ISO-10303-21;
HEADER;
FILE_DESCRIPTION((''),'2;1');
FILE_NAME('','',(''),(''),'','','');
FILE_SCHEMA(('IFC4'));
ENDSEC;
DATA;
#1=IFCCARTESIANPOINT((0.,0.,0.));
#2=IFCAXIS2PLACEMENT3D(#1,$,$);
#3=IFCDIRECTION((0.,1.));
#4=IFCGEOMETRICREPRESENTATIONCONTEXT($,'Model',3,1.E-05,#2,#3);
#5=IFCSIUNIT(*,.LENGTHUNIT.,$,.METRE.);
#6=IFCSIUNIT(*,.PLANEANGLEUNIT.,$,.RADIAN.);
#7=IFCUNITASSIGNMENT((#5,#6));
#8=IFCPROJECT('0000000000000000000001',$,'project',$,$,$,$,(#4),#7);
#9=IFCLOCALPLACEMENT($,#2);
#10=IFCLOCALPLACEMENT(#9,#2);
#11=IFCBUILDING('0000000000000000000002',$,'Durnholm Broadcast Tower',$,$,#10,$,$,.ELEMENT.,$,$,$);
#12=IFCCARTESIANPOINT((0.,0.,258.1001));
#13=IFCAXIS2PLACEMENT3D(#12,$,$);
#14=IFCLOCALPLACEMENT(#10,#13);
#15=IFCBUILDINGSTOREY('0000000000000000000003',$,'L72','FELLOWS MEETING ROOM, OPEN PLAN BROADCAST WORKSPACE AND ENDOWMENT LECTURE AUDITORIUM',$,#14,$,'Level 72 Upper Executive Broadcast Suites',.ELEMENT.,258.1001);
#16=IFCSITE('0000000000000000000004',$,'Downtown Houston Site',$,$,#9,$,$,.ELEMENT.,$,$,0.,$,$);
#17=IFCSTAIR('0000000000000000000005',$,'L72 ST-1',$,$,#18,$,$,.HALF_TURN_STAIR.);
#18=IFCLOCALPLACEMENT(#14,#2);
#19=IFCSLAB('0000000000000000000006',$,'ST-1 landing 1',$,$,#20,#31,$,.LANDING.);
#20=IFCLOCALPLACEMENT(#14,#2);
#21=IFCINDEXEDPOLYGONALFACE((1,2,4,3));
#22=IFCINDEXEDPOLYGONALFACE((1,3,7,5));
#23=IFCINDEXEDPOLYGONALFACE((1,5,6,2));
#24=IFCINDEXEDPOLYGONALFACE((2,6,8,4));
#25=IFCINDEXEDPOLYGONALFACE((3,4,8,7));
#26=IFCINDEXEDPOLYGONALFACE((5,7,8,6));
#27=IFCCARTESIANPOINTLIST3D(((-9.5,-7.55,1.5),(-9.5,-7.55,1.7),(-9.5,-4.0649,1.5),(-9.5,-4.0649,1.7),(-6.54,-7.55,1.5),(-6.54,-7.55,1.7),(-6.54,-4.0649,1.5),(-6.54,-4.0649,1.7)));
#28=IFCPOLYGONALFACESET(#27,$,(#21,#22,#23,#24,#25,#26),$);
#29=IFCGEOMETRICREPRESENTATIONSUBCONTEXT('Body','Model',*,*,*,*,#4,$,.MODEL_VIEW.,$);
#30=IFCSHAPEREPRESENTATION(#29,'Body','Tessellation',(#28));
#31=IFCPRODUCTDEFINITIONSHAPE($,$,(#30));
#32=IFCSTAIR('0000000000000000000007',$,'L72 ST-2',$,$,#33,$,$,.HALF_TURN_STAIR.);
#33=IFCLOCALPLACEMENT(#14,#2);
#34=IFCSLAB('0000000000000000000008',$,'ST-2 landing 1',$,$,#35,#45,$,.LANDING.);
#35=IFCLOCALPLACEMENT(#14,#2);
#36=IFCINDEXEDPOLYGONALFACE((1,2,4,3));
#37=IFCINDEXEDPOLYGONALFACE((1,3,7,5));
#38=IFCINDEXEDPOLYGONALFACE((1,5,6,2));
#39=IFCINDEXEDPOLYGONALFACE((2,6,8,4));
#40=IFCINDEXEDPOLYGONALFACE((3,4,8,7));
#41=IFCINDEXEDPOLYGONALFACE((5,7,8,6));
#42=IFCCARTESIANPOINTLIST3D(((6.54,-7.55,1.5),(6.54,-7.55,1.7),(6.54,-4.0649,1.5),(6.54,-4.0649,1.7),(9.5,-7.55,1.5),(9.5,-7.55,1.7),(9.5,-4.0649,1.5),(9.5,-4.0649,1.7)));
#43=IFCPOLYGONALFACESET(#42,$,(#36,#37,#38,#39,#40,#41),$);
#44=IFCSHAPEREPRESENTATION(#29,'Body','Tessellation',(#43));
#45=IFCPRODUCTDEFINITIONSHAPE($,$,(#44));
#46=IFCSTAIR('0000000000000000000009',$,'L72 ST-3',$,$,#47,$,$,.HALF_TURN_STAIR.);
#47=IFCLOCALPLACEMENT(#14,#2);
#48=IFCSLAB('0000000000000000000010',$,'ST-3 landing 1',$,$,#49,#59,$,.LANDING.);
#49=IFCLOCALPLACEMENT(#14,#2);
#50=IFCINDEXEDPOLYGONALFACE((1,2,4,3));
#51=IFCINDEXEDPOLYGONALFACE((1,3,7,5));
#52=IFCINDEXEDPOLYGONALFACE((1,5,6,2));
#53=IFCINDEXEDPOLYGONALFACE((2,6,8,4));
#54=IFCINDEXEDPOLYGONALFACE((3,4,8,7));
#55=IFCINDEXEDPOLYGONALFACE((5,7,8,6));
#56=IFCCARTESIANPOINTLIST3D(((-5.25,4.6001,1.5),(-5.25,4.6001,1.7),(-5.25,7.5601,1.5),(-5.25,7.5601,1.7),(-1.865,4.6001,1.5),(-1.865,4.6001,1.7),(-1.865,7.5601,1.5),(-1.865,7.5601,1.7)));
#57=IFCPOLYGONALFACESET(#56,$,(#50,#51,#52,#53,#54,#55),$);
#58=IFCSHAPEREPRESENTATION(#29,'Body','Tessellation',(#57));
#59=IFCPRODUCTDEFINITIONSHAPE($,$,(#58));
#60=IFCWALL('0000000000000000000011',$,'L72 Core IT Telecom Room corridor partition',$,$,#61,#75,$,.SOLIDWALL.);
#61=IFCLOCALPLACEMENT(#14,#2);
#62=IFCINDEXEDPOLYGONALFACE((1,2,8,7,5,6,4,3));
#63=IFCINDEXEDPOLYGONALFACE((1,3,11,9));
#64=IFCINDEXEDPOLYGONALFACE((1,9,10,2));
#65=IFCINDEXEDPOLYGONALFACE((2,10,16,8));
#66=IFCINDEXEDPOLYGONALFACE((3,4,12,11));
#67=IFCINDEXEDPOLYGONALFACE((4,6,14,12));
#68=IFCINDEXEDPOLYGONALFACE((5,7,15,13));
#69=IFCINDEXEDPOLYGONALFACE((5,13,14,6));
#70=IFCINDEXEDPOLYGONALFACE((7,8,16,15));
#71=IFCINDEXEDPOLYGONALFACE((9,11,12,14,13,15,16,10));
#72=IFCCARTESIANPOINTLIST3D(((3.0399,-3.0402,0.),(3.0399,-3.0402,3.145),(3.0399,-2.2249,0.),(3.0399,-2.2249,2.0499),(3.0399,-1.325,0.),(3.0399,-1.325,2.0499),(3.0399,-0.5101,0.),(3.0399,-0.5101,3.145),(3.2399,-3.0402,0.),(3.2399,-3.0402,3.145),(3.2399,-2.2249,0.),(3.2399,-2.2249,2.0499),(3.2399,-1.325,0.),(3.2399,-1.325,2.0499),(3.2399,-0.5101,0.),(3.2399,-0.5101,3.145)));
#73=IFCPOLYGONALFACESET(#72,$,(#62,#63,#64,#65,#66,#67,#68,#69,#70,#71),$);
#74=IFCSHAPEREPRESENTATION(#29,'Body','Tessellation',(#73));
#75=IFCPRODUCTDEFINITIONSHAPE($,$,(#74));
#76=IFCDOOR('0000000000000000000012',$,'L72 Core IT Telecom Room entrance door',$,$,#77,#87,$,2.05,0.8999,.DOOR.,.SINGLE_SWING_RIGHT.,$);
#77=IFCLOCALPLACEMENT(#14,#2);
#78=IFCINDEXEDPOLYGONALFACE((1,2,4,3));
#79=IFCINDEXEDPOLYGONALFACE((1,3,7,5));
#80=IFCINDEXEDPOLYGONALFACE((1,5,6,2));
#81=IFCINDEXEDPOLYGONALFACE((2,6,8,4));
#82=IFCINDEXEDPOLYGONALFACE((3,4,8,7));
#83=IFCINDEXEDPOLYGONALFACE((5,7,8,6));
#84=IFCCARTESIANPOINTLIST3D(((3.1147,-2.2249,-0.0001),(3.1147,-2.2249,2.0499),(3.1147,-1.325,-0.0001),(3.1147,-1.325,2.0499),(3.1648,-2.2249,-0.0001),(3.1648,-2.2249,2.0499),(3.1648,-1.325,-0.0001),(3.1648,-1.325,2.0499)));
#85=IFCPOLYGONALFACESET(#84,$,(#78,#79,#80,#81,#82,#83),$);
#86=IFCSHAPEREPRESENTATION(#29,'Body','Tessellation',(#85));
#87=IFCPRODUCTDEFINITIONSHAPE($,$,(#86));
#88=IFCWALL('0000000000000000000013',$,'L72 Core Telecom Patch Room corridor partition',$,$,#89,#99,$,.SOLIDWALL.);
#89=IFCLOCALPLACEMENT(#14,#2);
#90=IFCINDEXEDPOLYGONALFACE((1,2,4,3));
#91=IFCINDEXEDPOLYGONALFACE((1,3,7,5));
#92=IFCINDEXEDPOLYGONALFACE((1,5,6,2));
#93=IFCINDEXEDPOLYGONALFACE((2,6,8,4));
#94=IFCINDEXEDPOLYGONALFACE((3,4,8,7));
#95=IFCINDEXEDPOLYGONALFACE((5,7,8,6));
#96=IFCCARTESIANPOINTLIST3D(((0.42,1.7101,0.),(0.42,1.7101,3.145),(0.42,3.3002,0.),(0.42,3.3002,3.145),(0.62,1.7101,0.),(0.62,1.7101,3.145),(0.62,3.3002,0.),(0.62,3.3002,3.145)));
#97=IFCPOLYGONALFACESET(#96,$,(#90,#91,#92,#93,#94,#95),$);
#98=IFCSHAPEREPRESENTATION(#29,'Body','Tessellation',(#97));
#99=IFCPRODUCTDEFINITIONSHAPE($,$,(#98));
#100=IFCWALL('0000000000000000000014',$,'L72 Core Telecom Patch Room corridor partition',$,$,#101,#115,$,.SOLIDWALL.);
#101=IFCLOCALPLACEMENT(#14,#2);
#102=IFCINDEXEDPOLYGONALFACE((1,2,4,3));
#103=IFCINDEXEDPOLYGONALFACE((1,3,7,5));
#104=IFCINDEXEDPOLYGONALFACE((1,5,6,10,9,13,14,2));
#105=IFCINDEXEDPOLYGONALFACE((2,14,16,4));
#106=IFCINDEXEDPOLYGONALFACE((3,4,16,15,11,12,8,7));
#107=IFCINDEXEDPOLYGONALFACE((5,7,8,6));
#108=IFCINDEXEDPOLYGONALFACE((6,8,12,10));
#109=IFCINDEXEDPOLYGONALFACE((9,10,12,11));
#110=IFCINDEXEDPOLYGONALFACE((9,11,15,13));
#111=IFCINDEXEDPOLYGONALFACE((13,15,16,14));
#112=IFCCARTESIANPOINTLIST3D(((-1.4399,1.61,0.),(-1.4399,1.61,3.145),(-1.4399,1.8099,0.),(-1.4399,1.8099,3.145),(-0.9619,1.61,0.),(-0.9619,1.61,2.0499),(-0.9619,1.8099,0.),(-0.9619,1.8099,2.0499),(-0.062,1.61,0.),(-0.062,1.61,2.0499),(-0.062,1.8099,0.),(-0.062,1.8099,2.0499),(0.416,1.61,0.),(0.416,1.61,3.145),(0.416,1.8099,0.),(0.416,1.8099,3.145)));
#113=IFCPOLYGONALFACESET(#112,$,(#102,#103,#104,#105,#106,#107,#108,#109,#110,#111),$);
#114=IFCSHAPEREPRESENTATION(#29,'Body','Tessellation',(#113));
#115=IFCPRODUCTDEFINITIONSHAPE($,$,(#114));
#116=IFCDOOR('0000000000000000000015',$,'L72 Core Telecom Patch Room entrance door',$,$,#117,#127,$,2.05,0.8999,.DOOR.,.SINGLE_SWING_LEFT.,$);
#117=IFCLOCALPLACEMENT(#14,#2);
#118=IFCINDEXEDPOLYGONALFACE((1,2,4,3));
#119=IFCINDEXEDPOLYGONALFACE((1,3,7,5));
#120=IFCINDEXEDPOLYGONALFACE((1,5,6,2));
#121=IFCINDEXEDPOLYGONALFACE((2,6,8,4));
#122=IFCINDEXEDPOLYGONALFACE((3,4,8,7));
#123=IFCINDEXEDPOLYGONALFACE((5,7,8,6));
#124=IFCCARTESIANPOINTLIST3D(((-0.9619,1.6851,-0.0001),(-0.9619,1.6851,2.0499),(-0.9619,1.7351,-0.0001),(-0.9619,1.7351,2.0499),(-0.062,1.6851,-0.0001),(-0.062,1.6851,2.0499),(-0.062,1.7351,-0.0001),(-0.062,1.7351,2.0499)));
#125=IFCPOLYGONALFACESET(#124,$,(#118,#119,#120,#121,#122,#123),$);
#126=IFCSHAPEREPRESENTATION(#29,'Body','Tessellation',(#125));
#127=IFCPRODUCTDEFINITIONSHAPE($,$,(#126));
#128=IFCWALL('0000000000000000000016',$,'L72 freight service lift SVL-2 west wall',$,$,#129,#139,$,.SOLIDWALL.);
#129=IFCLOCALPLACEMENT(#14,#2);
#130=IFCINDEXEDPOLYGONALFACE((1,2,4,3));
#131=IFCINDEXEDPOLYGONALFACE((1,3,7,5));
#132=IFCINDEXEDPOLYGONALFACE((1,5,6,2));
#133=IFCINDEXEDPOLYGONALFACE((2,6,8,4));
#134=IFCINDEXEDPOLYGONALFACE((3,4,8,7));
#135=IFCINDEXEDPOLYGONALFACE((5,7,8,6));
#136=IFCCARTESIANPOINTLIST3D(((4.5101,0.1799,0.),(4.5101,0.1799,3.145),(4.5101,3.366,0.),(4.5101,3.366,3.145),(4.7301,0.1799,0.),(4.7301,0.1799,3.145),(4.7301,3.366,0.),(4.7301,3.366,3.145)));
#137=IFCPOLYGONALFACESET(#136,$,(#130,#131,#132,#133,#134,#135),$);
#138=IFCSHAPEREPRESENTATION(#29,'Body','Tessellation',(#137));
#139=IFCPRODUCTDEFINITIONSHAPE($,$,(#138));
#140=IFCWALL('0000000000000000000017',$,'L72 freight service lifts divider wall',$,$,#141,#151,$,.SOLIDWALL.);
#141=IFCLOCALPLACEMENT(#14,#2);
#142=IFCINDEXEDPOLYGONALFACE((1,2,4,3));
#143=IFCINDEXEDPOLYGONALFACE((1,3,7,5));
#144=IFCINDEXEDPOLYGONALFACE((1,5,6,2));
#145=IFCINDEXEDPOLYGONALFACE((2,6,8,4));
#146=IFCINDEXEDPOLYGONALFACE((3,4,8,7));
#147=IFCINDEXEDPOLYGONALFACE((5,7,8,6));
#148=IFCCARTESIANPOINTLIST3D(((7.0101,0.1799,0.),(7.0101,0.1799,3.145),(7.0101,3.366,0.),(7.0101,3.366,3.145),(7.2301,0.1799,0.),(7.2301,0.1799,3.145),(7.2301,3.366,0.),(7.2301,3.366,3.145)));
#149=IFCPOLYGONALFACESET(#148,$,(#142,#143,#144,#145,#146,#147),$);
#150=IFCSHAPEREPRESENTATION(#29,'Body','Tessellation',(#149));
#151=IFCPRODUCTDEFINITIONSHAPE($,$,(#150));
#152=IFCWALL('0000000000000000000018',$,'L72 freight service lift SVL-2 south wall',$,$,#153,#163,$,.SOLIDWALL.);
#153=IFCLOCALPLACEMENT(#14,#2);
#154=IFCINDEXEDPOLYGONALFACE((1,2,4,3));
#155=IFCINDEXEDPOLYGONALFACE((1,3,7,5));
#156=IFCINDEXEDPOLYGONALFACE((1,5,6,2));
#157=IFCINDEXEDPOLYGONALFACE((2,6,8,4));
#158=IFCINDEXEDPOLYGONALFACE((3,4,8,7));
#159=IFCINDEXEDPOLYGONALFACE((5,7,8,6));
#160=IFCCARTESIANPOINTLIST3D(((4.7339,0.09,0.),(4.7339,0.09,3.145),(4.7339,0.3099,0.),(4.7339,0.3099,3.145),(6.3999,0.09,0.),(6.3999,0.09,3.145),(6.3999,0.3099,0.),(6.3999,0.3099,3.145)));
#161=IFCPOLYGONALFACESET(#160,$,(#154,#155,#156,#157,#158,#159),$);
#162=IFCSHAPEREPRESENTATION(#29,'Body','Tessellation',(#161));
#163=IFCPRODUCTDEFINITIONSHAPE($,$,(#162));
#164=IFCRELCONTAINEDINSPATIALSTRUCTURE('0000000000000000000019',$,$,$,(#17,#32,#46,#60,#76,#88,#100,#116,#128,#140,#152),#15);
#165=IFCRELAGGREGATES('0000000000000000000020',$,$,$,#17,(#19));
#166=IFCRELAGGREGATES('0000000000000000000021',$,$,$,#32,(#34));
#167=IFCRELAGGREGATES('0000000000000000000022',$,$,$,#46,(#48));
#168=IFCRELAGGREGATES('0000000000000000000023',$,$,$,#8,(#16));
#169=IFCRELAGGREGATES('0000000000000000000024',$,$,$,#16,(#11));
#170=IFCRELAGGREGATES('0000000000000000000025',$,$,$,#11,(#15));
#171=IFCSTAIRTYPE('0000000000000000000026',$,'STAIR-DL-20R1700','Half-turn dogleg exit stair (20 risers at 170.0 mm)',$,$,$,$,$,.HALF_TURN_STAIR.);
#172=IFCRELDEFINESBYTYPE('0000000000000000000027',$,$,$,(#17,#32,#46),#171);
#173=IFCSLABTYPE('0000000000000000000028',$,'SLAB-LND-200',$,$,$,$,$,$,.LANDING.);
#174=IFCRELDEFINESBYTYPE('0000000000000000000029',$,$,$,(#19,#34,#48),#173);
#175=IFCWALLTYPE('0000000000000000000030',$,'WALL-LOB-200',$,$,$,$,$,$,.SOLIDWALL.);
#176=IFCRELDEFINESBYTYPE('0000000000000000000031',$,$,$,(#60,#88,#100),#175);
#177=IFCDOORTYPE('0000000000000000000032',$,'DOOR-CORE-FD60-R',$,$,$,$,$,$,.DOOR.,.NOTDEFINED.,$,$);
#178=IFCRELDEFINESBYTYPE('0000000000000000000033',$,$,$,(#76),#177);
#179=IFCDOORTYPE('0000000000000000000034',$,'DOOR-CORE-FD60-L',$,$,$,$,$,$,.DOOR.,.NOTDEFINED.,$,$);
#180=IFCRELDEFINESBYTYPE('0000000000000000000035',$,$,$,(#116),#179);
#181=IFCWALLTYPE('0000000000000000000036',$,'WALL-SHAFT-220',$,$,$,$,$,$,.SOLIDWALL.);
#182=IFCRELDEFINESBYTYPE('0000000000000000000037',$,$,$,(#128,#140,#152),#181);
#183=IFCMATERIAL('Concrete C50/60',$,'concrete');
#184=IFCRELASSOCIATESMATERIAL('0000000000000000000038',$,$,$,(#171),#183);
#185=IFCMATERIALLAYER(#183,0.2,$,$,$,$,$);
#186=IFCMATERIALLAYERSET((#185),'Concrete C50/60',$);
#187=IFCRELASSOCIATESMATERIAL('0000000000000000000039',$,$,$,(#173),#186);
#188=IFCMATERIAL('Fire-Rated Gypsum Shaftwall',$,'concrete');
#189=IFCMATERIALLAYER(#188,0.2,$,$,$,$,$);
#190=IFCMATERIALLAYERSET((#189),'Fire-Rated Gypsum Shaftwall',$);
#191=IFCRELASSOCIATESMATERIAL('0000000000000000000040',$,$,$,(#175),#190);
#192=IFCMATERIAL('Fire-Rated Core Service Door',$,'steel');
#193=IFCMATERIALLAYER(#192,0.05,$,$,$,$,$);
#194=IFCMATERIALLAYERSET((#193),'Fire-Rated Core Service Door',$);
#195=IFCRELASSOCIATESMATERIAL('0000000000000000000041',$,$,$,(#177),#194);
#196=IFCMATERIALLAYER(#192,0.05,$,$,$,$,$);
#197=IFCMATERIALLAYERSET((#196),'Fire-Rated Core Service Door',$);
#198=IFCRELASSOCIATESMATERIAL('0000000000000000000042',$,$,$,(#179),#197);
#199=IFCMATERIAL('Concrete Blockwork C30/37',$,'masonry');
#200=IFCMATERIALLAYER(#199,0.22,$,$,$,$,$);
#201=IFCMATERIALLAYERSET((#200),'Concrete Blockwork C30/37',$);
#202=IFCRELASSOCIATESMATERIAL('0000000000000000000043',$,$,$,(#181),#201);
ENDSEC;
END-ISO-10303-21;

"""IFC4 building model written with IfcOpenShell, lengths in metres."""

from ifc_helpers import new_model, si_unit, direction, frame, frame_2d, origin, place, context, subcontext, project, spatial, polyline, rectangle, outline, extrude, source, transform, mapped, material, layer, layer_set, type_object, type_shapes, element, fill, aggregate, save


model = new_model("IFC4")

# Units and contexts
model_context = context("Model", 3, precision=1e-05, world=origin(), true_north=direction((0.0, 1.0)))
body_context = subcontext(model_context, "Body", "Model", "MODEL_VIEW")
ifc_project = project(units=[si_unit("LENGTHUNIT", "METRE"), si_unit("PLANEANGLEUNIT", "RADIAN")], contexts=[model_context])

# Site, building, storey
site_placement = place(None, origin())
site = spatial("IfcSite", under=ifc_project, at=site_placement, Name="Downtown Houston Site", CompositionType="ELEMENT", RefElevation=0.0)
building_placement = place(site_placement, origin())
building = spatial("IfcBuilding", under=site, at=building_placement, Name="Durnholm Broadcast Tower", CompositionType="ELEMENT")
storey_placement = place(building_placement, frame((0.0, 0.0, 258.1001)))
storey = spatial("IfcBuildingStorey", under=building, at=storey_placement, Name="L72", Description="FELLOWS MEETING ROOM, OPEN PLAN BROADCAST WORKSPACE AND ENDOWMENT LECTURE AUDITORIUM", LongName="Level 72 Upper Executive Broadcast Suites", CompositionType="ELEMENT", Elevation=258.1001)

# Stairs, slabs
ifc_material_1 = material(Name="Concrete C50/60", Category="concrete")
stair_type = type_object("IfcStairType", Name="STAIR-DL-20R1700", Description="Half-turn dogleg exit stair (20 risers at 170.0 mm)", PredefinedType="HALF_TURN_STAIR", material=ifc_material_1)
stair_1_placement = place(storey_placement, origin())
stair_1 = element("IfcStair", 1, at=stair_1_placement, inside=storey, type_object=stair_type, Name="L72 ST-1", PredefinedType="HALF_TURN_STAIR")
ifc_layer_1 = layer(ifc_material_1, 0.2)
ifc_layer_set_1 = layer_set([ifc_layer_1], Name="Concrete C50/60")
slab_type = type_object("IfcSlabType", Name="SLAB-LND-200", PredefinedType="LANDING", material=ifc_layer_set_1)
slab_1_placement = place(storey_placement, frame((0.0, 0.0, 1.5)))
slab_1 = element("IfcSlab", 2, at=slab_1_placement, type_object=slab_type, Name="ST-1 landing 1", PredefinedType="LANDING", context=body_context, shape_type="SweptSolid", body=[
    extrude(outline(polyline([(-9.5, -4.0649), (-9.5, -7.55), (-6.54, -7.55), (-6.54, -4.0649), (-9.5, -4.0649)])), origin(), (0.0, 0.0, 1.0), 0.2),
])
aggregate(stair_1, [slab_1])
stair_2_placement = place(storey_placement, origin())
stair_2 = element("IfcStair", 3, at=stair_2_placement, inside=storey, type_object=stair_type, Name="L72 ST-2", PredefinedType="HALF_TURN_STAIR")
slab_2_placement = place(storey_placement, frame((0.0, 0.0, 1.5)))
slab_2 = element("IfcSlab", 4, at=slab_2_placement, type_object=slab_type, Name="ST-2 landing 1", PredefinedType="LANDING", context=body_context, shape_type="SweptSolid", body=[
    extrude(outline(polyline([(6.54, -4.0649), (6.54, -7.55), (9.5, -7.55), (9.5, -4.0649), (6.54, -4.0649)])), origin(), (0.0, 0.0, 1.0), 0.2),
])
aggregate(stair_2, [slab_2])
stair_3_placement = place(storey_placement, origin())
stair_3 = element("IfcStair", 5, at=stair_3_placement, inside=storey, type_object=stair_type, Name="L72 ST-3", PredefinedType="HALF_TURN_STAIR")
slab_3_placement = place(storey_placement, frame((0.0, 0.0, 1.5)))
slab_3 = element("IfcSlab", 6, at=slab_3_placement, type_object=slab_type, Name="ST-3 landing 1", PredefinedType="LANDING", context=body_context, shape_type="SweptSolid", body=[
    extrude(outline(polyline([(-1.865, 7.5601), (-5.25, 7.5601), (-5.25, 4.6001), (-1.865, 4.6001), (-1.865, 7.5601)])), origin(), (0.0, 0.0, 1.0), 0.2),
])
aggregate(stair_3, [slab_3])

# Wall, opening, door
ifc_material_2 = material(Name="Fire-Rated Gypsum Shaftwall", Category="concrete")
ifc_layer_2 = layer(ifc_material_2, 0.2)
ifc_layer_set_2 = layer_set([ifc_layer_2], Name="Fire-Rated Gypsum Shaftwall")
wall_type_1 = type_object("IfcWallType", Name="WALL-LOB-200", PredefinedType="SOLIDWALL", material=ifc_layer_set_2)
wall_1_placement = place(storey_placement, frame((3.1399, -0.51, 0.0), z_axis=(0.0, 0.0, 1.0), x_axis=(0.0, -1.0, 0.0)))
wall_1 = element("IfcWall", 7, at=wall_1_placement, inside=storey, type_object=wall_type_1, Name="L72 Core IT Telecom Room corridor partition", PredefinedType="SOLIDWALL", context=body_context, shape_type="SweptSolid", body=[
    extrude(rectangle(XDim=2.53, YDim=0.2, at=frame_2d((1.2651, 0.0))), origin(), (0.0, 0.0, 1.0), 3.145),
])
opening_1_placement = place(wall_1_placement, frame((0.8149, 0.0, 0.0)))
opening_1 = element("IfcOpeningElement", 8, at=opening_1_placement, cuts=wall_1, PredefinedType="OPENING", context=body_context, shape_type="SweptSolid", body=[
    extrude(rectangle(XDim=0.8999, YDim=2.05, at=frame_2d((0.45, 1.0249))), frame((0.0, 0.1099, 0.0), z_axis=(0.0, -1.0, 0.0), x_axis=(1.0, 0.0, 0.0)), (0.0, 0.0, 1.0), 0.22),
])
ifc_material_3 = material(Name="Fire-Rated Core Service Door", Category="steel")
ifc_layer_3 = layer(ifc_material_3, 0.05)
ifc_layer_set_3 = layer_set([ifc_layer_3], Name="Fire-Rated Core Service Door")
door_type_1 = type_object("IfcDoorType", Name="DOOR-CORE-FD60-R", OperationType="NOTDEFINED", PredefinedType="DOOR", material=ifc_layer_set_3)
shared_shape_1 = source(origin(), body_context, "Body", "SweptSolid", [
    extrude(rectangle(XDim=0.8999, YDim=2.05, at=frame_2d((0.45, 1.0249))), frame((0.0, 0.0249, 0.0), z_axis=(0.0, -1.0, 0.0), x_axis=(1.0, 0.0, 0.0)), (0.0, 0.0, 1.0), 0.05),
])
type_shapes(door_type_1, [shared_shape_1])
door_1_placement = place(opening_1_placement, origin())
door_1 = element("IfcDoor", 9, at=door_1_placement, inside=storey, type_object=door_type_1, Name="L72 Core IT Telecom Room entrance door", OperationType="SINGLE_SWING_RIGHT", OverallHeight=2.05, OverallWidth=0.8999, PredefinedType="DOOR", context=body_context, shape_type="MappedRepresentation", body=[
    mapped(shared_shape_1, transform((0.0, 0.0, 0.0), x_axis=(1.0, 0.0, 0.0), y_axis=(0.0, 1.0, 0.0), z_axis=(0.0, 0.0, 1.0), scale=1.0)),
])
fill(opening_1, door_1)

# Wall
wall_2_placement = place(storey_placement, frame((0.52, 3.3, 0.0), z_axis=(0.0, 0.0, 1.0), x_axis=(0.0, -1.0, 0.0)))
element("IfcWall", 10, at=wall_2_placement, inside=storey, type_object=wall_type_1, Name="L72 Core Telecom Patch Room corridor partition", PredefinedType="SOLIDWALL", context=body_context, shape_type="SweptSolid", body=[
    extrude(rectangle(XDim=1.5901, YDim=0.2, at=frame_2d((0.7949, 0.0))), origin(), (0.0, 0.0, 1.0), 3.145),
])

# Wall, opening, door
wall_3_placement = place(storey_placement, frame((0.416, 1.71, 0.0), z_axis=(0.0, 0.0, 1.0), x_axis=(-1.0, 0.0, 0.0)))
wall_3 = element("IfcWall", 11, at=wall_3_placement, inside=storey, type_object=wall_type_1, Name="L72 Core Telecom Patch Room corridor partition", PredefinedType="SOLIDWALL", context=body_context, shape_type="SweptSolid", body=[
    extrude(rectangle(XDim=1.856, YDim=0.2, at=frame_2d((0.928, 0.0))), origin(), (0.0, 0.0, 1.0), 3.145),
])
opening_2_placement = place(wall_3_placement, frame((0.478, 0.0, 0.0)))
opening_2 = element("IfcOpeningElement", 12, at=opening_2_placement, cuts=wall_3, PredefinedType="OPENING", context=body_context, shape_type="SweptSolid", body=[
    extrude(rectangle(XDim=0.8999, YDim=2.05, at=frame_2d((0.45, 1.0249))), frame((0.0, 0.1099, 0.0), z_axis=(0.0, -1.0, 0.0), x_axis=(1.0, 0.0, 0.0)), (0.0, 0.0, 1.0), 0.22),
])
ifc_layer_4 = layer(ifc_material_3, 0.05)
ifc_layer_set_4 = layer_set([ifc_layer_4], Name="Fire-Rated Core Service Door")
door_type_2 = type_object("IfcDoorType", Name="DOOR-CORE-FD60-L", OperationType="NOTDEFINED", PredefinedType="DOOR", material=ifc_layer_set_4)
shared_shape_2 = source(origin(), body_context, "Body", "SweptSolid", [
    extrude(rectangle(XDim=0.8999, YDim=2.05, at=frame_2d((0.45, 1.0249))), frame((0.0, 0.0249, 0.0), z_axis=(0.0, -1.0, 0.0), x_axis=(1.0, 0.0, 0.0)), (0.0, 0.0, 1.0), 0.05),
])
type_shapes(door_type_2, [shared_shape_2])
door_2_placement = place(opening_2_placement, origin())
door_2 = element("IfcDoor", 13, at=door_2_placement, inside=storey, type_object=door_type_2, Name="L72 Core Telecom Patch Room entrance door", OperationType="SINGLE_SWING_LEFT", OverallHeight=2.05, OverallWidth=0.8999, PredefinedType="DOOR", context=body_context, shape_type="MappedRepresentation", body=[
    mapped(shared_shape_2, transform((0.0, 0.0, 0.0), x_axis=(1.0, 0.0, 0.0), y_axis=(0.0, 1.0, 0.0), z_axis=(0.0, 0.0, 1.0), scale=1.0)),
])
fill(opening_2, door_2)

# Shared definitions
ifc_material_4 = material(Name="Concrete Blockwork C30/37", Category="masonry")
ifc_layer_5 = layer(ifc_material_4, 0.22)
ifc_layer_set_5 = layer_set([ifc_layer_5], Name="Concrete Blockwork C30/37")
wall_type_2 = type_object("IfcWallType", Name="WALL-SHAFT-220", PredefinedType="SOLIDWALL", material=ifc_layer_set_5)

# Walls
for number, where, z_axis, x_axis, name in (
    (14, (4.6201, 0.1799, 0.0), (0.0, 0.0, 1.0), (0.0, 1.0, 0.0), "L72 freight service lift SVL-2 west wall"),
    (15, (7.1201, 0.1799, 0.0), (0.0, 0.0, 1.0), (0.0, 1.0, 0.0), "L72 freight service lifts divider wall"),
):
    element("IfcWall", number, at=place(storey_placement, frame(where, z_axis=z_axis, x_axis=x_axis)), inside=storey, type_object=wall_type_2, Name=name, PredefinedType="SOLIDWALL", context=body_context, shape_type="SweptSolid", body=[
        extrude(rectangle(XDim=3.186, YDim=0.22, at=frame_2d((1.593, 0.0))), origin(), (0.0, 0.0, 1.0), 3.145),
    ])
wall_4_placement = place(storey_placement, frame((4.7339, 0.2, 0.0), z_axis=(0.0, 0.0, 1.0), x_axis=(1.0, 0.0, 0.0)))
element("IfcWall", 16, at=wall_4_placement, inside=storey, type_object=wall_type_2, Name="L72 freight service lift SVL-2 south wall", PredefinedType="SOLIDWALL", context=body_context, shape_type="SweptSolid", body=[
    extrude(rectangle(XDim=1.666, YDim=0.22, at=frame_2d((0.833, 0.0))), origin(), (0.0, 0.0, 1.0), 3.145),
])

save(model, "model.ifc")
